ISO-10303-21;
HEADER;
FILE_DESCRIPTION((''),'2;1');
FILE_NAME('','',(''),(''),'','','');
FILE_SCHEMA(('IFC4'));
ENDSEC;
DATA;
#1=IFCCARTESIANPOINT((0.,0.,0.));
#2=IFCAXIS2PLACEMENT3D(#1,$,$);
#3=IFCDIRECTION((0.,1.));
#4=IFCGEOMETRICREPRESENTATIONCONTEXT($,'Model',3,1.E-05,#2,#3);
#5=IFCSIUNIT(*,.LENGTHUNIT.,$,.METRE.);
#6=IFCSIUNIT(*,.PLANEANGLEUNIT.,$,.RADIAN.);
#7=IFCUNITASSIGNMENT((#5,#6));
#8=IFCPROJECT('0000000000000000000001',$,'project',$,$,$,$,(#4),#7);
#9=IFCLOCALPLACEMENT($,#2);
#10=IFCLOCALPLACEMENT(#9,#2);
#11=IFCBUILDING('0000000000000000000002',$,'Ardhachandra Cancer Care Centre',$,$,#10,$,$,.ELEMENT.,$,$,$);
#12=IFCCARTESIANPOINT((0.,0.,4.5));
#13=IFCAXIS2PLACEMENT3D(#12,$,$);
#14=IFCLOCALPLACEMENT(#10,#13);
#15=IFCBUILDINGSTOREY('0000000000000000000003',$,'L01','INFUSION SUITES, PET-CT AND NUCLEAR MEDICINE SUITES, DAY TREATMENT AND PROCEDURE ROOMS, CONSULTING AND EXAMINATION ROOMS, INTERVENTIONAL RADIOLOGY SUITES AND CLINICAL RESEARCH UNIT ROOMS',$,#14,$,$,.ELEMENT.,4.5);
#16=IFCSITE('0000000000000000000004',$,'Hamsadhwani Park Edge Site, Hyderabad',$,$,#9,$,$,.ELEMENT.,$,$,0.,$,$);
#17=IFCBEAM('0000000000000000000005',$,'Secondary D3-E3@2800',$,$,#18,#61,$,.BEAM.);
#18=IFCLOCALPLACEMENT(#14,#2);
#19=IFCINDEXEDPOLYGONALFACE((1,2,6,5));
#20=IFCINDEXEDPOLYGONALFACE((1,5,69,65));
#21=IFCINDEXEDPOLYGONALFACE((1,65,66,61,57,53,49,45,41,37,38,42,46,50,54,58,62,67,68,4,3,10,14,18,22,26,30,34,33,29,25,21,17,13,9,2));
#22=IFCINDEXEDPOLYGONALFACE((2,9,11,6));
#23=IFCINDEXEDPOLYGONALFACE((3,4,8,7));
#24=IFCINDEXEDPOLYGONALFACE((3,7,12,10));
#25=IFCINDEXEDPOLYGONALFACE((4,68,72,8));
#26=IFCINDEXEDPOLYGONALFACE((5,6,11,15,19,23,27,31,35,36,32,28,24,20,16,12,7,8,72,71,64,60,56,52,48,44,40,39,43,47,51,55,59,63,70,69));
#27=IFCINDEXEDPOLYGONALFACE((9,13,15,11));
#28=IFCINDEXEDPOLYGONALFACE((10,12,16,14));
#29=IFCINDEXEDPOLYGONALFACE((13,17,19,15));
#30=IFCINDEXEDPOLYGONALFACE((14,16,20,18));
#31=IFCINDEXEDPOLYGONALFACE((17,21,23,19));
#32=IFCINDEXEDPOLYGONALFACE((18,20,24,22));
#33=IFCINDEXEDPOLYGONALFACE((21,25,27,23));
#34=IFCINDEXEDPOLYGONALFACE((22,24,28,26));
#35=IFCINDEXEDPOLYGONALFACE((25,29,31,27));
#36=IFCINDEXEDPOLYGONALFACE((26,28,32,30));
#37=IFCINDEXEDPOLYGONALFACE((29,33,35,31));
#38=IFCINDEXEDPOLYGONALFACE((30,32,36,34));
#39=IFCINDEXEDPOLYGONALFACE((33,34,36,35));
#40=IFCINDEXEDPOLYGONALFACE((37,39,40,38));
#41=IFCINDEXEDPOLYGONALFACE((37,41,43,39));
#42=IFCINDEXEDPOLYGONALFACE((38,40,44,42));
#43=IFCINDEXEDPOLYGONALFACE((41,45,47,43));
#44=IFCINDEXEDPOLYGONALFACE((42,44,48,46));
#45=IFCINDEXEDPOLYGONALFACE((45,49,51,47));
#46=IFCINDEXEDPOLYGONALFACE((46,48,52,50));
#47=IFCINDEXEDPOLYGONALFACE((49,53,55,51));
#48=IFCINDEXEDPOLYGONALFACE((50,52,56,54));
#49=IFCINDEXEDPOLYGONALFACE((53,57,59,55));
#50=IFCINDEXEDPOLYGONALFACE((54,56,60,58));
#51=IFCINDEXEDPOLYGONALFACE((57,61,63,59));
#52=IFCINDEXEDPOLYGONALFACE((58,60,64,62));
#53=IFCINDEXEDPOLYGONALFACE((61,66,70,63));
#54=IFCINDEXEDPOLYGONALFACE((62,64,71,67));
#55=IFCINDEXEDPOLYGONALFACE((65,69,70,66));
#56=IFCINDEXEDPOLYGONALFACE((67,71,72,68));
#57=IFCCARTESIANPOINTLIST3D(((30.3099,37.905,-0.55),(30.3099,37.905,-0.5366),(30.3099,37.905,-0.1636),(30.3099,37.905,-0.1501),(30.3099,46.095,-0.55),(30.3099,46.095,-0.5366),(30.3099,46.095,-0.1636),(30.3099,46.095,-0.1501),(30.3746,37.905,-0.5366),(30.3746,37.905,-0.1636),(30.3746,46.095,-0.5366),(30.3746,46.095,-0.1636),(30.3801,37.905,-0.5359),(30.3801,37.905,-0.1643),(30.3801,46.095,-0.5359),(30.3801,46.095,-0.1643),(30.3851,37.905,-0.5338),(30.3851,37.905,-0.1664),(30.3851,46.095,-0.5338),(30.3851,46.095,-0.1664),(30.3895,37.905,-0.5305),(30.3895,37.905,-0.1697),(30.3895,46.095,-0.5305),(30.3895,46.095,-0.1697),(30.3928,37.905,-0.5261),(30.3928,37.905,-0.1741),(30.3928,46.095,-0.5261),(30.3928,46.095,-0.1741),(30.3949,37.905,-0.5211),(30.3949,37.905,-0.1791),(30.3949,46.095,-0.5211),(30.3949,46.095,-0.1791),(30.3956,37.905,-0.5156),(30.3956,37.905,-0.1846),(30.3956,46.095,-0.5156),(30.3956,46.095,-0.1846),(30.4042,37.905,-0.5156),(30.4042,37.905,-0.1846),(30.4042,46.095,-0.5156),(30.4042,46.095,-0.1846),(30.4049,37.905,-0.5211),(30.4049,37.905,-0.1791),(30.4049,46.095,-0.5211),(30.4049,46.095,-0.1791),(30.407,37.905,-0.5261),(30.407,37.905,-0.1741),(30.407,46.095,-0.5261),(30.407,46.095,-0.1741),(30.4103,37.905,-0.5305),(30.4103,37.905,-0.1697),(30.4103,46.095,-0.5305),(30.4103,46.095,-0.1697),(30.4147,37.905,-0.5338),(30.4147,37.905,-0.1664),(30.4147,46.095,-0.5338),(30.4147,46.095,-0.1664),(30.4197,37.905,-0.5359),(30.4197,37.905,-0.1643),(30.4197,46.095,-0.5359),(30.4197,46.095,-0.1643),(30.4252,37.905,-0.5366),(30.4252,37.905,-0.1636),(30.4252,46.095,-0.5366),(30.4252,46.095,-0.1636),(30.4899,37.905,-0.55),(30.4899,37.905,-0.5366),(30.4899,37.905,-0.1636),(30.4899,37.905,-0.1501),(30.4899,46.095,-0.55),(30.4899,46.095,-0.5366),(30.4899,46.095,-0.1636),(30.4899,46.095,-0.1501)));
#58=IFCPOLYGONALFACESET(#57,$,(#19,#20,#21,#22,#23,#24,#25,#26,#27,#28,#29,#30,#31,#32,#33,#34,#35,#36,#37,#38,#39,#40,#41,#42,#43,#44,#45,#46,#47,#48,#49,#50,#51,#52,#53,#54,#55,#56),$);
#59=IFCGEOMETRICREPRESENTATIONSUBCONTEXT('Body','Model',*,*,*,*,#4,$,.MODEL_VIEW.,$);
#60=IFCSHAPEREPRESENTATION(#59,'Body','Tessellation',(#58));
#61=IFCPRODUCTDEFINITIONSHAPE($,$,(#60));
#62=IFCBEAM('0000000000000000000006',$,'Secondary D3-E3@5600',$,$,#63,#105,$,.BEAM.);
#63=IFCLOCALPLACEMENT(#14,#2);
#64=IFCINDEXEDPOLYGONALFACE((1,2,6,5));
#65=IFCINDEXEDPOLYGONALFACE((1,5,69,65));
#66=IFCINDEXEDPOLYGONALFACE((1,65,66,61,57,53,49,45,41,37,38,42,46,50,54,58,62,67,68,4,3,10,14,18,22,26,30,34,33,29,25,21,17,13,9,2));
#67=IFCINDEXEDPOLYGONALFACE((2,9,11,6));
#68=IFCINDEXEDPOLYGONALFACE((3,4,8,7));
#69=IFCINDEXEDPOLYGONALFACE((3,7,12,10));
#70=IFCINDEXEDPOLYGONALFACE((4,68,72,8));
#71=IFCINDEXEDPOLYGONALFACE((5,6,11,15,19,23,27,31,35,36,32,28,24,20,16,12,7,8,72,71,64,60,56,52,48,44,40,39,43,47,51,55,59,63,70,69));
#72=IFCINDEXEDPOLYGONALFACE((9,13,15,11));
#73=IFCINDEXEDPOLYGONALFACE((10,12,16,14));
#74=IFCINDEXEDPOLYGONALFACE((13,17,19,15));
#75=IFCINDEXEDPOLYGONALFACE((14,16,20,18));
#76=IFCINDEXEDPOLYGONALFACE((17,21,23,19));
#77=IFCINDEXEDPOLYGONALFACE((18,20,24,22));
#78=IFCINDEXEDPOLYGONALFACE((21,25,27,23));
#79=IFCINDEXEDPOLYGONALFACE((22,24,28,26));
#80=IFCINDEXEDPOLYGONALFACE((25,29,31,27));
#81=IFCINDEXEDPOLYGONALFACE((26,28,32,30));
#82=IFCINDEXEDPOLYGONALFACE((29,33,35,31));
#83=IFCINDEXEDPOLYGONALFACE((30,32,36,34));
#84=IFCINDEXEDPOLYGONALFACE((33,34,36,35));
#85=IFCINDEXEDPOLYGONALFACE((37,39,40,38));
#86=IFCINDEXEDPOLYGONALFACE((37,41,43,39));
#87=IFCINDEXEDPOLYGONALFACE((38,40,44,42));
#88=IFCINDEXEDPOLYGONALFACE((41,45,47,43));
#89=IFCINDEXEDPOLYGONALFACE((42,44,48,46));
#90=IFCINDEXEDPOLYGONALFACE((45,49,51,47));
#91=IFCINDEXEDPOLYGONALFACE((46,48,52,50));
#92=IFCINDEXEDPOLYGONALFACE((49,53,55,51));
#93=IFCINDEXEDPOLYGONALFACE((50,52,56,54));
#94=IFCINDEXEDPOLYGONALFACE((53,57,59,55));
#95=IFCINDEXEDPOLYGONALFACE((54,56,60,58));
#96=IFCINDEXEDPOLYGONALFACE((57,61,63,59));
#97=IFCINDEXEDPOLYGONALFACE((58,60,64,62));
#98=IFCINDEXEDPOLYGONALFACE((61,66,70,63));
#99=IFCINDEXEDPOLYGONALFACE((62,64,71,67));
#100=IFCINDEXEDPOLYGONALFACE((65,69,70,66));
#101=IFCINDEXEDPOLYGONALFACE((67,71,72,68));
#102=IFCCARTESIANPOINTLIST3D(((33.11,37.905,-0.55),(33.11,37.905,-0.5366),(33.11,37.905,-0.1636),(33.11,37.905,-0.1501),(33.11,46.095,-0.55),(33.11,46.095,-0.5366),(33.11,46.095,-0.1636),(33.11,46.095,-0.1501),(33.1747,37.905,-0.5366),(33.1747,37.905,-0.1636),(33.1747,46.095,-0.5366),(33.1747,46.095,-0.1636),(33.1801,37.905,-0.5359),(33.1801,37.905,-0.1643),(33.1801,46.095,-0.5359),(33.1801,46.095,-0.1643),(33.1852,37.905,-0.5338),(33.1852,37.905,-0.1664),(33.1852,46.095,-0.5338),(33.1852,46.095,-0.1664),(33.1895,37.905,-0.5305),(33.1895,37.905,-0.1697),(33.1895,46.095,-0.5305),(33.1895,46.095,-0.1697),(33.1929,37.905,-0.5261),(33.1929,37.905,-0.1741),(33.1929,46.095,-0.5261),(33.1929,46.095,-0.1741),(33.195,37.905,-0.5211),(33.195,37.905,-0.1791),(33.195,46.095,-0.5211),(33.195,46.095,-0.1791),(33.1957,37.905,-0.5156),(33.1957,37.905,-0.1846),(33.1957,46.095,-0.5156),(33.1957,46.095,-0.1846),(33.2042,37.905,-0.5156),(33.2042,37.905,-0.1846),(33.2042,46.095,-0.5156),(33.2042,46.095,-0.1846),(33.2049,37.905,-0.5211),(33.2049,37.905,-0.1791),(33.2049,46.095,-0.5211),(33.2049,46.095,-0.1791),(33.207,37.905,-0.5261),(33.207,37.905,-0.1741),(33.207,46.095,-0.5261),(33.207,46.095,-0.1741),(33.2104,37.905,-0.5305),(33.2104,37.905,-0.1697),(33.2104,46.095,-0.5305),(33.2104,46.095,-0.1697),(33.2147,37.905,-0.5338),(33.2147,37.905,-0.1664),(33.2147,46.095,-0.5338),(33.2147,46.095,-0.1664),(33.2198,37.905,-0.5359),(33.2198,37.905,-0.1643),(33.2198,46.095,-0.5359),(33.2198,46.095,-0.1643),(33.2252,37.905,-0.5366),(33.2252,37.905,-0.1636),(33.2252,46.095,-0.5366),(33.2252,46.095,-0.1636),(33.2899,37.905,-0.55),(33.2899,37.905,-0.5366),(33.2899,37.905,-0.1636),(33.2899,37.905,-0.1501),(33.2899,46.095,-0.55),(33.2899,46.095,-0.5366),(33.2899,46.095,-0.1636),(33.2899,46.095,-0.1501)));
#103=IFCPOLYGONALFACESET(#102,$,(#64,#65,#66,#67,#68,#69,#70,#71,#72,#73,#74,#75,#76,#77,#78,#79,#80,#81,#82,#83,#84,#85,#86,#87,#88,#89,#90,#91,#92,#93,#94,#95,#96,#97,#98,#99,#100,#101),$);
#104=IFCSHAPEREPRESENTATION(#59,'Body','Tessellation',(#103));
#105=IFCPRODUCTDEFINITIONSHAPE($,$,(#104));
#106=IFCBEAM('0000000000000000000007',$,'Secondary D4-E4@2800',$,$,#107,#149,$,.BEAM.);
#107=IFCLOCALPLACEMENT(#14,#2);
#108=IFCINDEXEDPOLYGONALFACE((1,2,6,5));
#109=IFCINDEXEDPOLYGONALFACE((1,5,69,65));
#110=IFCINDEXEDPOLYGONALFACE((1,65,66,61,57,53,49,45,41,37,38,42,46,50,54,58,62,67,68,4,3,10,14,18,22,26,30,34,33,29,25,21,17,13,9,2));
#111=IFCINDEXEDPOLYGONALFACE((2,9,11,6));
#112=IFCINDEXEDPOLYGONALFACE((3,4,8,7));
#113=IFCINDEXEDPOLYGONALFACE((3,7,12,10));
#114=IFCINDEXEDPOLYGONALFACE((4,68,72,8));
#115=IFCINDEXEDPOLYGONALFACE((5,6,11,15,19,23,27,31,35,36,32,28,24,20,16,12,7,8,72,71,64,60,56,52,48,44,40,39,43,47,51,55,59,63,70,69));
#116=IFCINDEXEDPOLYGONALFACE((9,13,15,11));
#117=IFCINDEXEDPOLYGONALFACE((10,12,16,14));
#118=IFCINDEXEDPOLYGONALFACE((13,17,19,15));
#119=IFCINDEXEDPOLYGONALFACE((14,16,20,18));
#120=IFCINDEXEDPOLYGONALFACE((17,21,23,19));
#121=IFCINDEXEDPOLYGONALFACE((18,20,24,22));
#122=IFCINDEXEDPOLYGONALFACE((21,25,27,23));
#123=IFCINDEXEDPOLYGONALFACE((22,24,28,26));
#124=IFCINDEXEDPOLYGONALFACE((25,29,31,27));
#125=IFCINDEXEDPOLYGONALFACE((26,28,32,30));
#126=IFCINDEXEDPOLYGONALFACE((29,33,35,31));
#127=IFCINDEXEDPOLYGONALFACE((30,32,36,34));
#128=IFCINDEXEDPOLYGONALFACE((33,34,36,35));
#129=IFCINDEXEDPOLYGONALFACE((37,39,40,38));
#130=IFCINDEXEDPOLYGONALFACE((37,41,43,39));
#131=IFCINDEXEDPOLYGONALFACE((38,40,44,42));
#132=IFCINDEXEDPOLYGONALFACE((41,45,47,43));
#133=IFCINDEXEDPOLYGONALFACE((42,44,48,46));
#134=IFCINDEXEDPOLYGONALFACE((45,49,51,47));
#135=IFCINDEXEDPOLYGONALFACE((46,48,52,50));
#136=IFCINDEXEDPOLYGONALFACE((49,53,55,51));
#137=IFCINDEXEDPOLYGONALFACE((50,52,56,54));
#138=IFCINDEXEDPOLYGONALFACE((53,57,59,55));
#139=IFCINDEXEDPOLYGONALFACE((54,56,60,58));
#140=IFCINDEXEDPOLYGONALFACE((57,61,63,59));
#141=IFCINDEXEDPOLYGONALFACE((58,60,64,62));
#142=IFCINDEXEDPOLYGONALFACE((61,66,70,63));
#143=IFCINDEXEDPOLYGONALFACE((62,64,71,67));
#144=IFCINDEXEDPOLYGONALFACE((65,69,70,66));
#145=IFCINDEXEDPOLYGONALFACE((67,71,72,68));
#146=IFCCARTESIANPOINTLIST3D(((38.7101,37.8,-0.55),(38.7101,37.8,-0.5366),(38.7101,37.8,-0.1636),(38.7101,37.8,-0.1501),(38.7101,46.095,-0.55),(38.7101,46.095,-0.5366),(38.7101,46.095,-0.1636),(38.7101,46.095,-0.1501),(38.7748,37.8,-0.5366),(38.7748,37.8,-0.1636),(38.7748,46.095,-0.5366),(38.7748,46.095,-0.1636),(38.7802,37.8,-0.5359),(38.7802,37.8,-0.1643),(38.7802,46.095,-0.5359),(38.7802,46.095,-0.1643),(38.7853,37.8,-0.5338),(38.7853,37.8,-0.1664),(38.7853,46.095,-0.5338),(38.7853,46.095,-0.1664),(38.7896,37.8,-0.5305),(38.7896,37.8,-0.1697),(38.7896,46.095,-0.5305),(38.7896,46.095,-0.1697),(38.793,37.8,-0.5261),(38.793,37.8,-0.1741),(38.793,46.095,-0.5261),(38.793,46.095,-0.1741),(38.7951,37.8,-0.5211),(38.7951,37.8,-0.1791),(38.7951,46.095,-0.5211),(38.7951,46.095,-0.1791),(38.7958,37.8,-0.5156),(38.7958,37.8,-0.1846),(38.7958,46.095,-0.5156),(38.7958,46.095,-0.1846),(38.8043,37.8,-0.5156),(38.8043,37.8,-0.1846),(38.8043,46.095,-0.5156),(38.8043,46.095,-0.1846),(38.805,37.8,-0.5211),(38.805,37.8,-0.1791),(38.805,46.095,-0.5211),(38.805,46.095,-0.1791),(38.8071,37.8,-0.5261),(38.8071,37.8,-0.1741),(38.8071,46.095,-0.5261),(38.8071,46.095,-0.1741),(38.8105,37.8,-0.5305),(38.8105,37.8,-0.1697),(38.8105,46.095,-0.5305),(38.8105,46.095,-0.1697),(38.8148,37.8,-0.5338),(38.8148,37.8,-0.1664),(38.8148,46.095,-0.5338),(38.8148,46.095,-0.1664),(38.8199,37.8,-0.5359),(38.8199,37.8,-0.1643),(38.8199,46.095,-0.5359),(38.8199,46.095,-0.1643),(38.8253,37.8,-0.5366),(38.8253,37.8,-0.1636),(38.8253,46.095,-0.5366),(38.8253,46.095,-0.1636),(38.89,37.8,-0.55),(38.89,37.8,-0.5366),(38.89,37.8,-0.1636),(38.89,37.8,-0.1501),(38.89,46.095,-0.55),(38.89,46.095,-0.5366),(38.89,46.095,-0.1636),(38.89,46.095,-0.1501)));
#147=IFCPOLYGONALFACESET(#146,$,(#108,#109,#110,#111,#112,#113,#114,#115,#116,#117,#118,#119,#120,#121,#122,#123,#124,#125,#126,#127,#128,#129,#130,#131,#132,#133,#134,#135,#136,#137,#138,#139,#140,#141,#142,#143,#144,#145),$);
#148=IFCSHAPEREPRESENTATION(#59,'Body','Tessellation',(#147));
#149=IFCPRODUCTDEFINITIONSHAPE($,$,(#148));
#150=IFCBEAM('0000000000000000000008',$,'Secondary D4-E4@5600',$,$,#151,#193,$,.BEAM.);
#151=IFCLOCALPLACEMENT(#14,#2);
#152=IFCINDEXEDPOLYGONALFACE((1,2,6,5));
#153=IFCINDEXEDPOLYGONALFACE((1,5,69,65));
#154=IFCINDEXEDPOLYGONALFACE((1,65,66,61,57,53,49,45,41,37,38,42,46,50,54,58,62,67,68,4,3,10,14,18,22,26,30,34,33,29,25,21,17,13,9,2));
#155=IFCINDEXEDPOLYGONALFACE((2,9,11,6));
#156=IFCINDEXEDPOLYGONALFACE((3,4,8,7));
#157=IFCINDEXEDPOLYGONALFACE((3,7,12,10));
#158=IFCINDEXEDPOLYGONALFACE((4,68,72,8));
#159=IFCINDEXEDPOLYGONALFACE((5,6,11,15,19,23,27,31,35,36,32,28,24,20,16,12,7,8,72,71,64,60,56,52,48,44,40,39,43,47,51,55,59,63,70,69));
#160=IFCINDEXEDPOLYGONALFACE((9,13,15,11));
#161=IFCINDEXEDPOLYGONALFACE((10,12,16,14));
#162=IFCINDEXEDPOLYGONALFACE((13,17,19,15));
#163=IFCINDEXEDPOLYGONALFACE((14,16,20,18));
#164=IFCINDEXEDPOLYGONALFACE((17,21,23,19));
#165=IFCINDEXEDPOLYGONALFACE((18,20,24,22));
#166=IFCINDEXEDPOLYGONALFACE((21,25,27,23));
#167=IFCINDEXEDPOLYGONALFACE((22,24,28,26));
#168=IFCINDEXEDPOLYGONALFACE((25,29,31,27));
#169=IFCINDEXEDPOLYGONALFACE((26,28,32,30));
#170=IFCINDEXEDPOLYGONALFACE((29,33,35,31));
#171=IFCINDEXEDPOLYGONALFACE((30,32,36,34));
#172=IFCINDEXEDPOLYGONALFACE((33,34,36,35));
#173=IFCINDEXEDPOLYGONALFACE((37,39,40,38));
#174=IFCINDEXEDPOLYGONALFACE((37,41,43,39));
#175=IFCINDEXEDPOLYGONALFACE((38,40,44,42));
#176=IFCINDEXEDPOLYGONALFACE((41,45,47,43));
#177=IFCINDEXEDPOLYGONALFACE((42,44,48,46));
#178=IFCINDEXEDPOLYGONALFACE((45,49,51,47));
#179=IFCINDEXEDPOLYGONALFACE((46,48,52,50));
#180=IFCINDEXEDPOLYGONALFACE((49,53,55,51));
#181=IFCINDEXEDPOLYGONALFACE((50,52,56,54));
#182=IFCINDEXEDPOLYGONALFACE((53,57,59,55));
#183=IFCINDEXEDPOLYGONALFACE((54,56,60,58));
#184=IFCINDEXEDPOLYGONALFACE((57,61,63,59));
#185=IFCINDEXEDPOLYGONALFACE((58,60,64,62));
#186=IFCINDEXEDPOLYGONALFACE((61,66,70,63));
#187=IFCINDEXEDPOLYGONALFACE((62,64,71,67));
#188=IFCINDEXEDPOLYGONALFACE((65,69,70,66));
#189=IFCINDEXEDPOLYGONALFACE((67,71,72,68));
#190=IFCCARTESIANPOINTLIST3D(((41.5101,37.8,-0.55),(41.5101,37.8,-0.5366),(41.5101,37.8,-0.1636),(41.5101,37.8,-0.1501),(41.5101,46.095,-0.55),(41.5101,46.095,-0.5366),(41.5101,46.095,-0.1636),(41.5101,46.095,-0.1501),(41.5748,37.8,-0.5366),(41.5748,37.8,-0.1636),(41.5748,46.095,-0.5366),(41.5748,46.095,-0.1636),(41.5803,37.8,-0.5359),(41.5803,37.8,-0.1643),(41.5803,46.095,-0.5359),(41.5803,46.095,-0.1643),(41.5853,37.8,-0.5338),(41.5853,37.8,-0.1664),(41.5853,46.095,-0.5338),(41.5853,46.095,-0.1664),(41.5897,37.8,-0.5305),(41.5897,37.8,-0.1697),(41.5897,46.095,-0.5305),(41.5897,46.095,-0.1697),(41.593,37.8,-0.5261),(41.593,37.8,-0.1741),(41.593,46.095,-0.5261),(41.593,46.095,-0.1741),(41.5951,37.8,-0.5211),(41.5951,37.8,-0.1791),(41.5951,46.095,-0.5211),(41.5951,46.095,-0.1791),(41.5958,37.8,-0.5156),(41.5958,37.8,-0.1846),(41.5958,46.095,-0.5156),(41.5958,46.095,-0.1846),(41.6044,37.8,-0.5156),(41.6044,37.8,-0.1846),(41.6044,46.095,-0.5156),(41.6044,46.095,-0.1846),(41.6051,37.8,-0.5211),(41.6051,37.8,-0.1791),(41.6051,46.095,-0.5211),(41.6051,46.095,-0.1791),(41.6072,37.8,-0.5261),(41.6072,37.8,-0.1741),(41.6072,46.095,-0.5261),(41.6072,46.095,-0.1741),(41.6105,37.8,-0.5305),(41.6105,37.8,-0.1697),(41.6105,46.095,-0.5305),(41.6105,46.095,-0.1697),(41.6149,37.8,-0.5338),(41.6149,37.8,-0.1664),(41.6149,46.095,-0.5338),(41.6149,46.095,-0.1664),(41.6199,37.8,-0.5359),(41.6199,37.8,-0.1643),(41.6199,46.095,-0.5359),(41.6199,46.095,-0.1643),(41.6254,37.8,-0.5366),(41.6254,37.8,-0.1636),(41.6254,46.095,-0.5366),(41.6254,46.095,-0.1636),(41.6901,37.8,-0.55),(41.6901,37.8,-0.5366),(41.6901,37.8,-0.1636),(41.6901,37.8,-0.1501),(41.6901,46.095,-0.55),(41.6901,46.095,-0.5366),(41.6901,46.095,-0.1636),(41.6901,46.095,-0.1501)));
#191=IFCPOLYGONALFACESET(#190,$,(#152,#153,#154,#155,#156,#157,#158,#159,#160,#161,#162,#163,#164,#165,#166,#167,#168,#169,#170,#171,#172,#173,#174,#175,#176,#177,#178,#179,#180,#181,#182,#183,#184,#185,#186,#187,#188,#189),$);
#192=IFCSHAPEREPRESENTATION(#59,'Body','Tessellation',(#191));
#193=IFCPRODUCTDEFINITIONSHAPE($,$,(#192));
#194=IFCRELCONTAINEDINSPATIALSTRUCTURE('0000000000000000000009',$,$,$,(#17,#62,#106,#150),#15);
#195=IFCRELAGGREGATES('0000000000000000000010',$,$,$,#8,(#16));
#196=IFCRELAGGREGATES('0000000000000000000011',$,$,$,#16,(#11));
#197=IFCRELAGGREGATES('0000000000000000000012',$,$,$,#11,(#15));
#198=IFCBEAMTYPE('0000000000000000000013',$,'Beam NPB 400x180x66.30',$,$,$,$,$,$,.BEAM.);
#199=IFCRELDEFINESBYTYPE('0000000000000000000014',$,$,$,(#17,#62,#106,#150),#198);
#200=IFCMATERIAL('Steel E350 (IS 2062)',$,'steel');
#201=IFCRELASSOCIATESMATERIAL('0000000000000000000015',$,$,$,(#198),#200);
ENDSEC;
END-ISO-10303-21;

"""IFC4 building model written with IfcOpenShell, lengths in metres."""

from ifc_helpers import new_model, si_unit, direction, frame, origin, origin_2d, place, context, subcontext, project, spatial, i_section, extrude, material, material_profile, profile_set, type_object, element, save


model = new_model("IFC4")

# Units and contexts
model_context = context("Model", 3, precision=1e-05, world=origin(), true_north=direction((0.0, 1.0)))
body_context = subcontext(model_context, "Body", "Model", "MODEL_VIEW")
ifc_project = project(units=[si_unit("LENGTHUNIT", "METRE"), si_unit("PLANEANGLEUNIT", "RADIAN")], contexts=[model_context])

# Site, building, storey
site_placement = place(None, origin())
site = spatial("IfcSite", under=ifc_project, at=site_placement, Name="Hamsadhwani Park Edge Site, Hyderabad", CompositionType="ELEMENT", RefElevation=0.0)
building_placement = place(site_placement, origin())
building = spatial("IfcBuilding", under=site, at=building_placement, Name="Ardhachandra Cancer Care Centre", CompositionType="ELEMENT")
storey_placement = place(building_placement, frame((0.0, 0.0, 4.5)))
storey = spatial("IfcBuildingStorey", under=building, at=storey_placement, Name="L01", Description="INFUSION SUITES, PET-CT AND NUCLEAR MEDICINE SUITES, DAY TREATMENT AND PROCEDURE ROOMS, CONSULTING AND EXAMINATION ROOMS, INTERVENTIONAL RADIOLOGY SUITES AND CLINICAL RESEARCH UNIT ROOMS", CompositionType="ELEMENT", Elevation=4.5)

# Beams
ifc_material_1 = material(Name="Steel E350 (IS 2062)", Category="steel")
ifc_material_profile_1 = material_profile(ifc_material_1, i_section(OverallWidth=0.1799, OverallDepth=0.3999, WebThickness=0.0085, FlangeThickness=0.0134, FilletRadius=0.021, at=origin_2d()), Name="NPB 400x180x66.30")
ifc_profile_set_1 = profile_set([ifc_material_profile_1], Name="Steel E350 (IS 2062)")
beam_type_1 = type_object("IfcBeamType", Name="Beam NPB 400x180x66.30", PredefinedType="BEAM", material=ifc_profile_set_1)
for number, where, z_axis, x_axis, name in (
    (1, (30.3999, 37.905, -0.3501), (0.0, 1.0, 0.0), (-1.0, 0.0, 0.0), "Secondary D3-E3@2800"),
    (2, (33.2, 37.905, -0.3501), (0.0, 1.0, 0.0), (-1.0, 0.0, 0.0), "Secondary D3-E3@5600"),
):
    element("IfcBeam", number, at=place(storey_placement, frame(where, z_axis=z_axis, x_axis=x_axis)), inside=storey, type_object=beam_type_1, Name=name, PredefinedType="BEAM", context=body_context, shape_type="SweptSolid", body=[
        extrude(i_section(OverallWidth=0.1799, OverallDepth=0.3999, WebThickness=0.0085, FlangeThickness=0.0134, FilletRadius=0.021, at=origin_2d()), origin(), (0.0, 0.0, 1.0), 8.1899),
    ])
for number, where, z_axis, x_axis, name in (
    (3, (38.8, 37.8, -0.3501), (0.0, 1.0, 0.0), (-1.0, 0.0, 0.0), "Secondary D4-E4@2800"),
    (4, (41.6001, 37.8, -0.3501), (0.0, 1.0, 0.0), (-1.0, 0.0, 0.0), "Secondary D4-E4@5600"),
):
    element("IfcBeam", number, at=place(storey_placement, frame(where, z_axis=z_axis, x_axis=x_axis)), inside=storey, type_object=beam_type_1, Name=name, PredefinedType="BEAM", context=body_context, shape_type="SweptSolid", body=[
        extrude(i_section(OverallWidth=0.1799, OverallDepth=0.3999, WebThickness=0.0085, FlangeThickness=0.0134, FilletRadius=0.021, at=origin_2d()), origin(), (0.0, 0.0, 1.0), 8.2949),
    ])

save(model, "model.ifc")
